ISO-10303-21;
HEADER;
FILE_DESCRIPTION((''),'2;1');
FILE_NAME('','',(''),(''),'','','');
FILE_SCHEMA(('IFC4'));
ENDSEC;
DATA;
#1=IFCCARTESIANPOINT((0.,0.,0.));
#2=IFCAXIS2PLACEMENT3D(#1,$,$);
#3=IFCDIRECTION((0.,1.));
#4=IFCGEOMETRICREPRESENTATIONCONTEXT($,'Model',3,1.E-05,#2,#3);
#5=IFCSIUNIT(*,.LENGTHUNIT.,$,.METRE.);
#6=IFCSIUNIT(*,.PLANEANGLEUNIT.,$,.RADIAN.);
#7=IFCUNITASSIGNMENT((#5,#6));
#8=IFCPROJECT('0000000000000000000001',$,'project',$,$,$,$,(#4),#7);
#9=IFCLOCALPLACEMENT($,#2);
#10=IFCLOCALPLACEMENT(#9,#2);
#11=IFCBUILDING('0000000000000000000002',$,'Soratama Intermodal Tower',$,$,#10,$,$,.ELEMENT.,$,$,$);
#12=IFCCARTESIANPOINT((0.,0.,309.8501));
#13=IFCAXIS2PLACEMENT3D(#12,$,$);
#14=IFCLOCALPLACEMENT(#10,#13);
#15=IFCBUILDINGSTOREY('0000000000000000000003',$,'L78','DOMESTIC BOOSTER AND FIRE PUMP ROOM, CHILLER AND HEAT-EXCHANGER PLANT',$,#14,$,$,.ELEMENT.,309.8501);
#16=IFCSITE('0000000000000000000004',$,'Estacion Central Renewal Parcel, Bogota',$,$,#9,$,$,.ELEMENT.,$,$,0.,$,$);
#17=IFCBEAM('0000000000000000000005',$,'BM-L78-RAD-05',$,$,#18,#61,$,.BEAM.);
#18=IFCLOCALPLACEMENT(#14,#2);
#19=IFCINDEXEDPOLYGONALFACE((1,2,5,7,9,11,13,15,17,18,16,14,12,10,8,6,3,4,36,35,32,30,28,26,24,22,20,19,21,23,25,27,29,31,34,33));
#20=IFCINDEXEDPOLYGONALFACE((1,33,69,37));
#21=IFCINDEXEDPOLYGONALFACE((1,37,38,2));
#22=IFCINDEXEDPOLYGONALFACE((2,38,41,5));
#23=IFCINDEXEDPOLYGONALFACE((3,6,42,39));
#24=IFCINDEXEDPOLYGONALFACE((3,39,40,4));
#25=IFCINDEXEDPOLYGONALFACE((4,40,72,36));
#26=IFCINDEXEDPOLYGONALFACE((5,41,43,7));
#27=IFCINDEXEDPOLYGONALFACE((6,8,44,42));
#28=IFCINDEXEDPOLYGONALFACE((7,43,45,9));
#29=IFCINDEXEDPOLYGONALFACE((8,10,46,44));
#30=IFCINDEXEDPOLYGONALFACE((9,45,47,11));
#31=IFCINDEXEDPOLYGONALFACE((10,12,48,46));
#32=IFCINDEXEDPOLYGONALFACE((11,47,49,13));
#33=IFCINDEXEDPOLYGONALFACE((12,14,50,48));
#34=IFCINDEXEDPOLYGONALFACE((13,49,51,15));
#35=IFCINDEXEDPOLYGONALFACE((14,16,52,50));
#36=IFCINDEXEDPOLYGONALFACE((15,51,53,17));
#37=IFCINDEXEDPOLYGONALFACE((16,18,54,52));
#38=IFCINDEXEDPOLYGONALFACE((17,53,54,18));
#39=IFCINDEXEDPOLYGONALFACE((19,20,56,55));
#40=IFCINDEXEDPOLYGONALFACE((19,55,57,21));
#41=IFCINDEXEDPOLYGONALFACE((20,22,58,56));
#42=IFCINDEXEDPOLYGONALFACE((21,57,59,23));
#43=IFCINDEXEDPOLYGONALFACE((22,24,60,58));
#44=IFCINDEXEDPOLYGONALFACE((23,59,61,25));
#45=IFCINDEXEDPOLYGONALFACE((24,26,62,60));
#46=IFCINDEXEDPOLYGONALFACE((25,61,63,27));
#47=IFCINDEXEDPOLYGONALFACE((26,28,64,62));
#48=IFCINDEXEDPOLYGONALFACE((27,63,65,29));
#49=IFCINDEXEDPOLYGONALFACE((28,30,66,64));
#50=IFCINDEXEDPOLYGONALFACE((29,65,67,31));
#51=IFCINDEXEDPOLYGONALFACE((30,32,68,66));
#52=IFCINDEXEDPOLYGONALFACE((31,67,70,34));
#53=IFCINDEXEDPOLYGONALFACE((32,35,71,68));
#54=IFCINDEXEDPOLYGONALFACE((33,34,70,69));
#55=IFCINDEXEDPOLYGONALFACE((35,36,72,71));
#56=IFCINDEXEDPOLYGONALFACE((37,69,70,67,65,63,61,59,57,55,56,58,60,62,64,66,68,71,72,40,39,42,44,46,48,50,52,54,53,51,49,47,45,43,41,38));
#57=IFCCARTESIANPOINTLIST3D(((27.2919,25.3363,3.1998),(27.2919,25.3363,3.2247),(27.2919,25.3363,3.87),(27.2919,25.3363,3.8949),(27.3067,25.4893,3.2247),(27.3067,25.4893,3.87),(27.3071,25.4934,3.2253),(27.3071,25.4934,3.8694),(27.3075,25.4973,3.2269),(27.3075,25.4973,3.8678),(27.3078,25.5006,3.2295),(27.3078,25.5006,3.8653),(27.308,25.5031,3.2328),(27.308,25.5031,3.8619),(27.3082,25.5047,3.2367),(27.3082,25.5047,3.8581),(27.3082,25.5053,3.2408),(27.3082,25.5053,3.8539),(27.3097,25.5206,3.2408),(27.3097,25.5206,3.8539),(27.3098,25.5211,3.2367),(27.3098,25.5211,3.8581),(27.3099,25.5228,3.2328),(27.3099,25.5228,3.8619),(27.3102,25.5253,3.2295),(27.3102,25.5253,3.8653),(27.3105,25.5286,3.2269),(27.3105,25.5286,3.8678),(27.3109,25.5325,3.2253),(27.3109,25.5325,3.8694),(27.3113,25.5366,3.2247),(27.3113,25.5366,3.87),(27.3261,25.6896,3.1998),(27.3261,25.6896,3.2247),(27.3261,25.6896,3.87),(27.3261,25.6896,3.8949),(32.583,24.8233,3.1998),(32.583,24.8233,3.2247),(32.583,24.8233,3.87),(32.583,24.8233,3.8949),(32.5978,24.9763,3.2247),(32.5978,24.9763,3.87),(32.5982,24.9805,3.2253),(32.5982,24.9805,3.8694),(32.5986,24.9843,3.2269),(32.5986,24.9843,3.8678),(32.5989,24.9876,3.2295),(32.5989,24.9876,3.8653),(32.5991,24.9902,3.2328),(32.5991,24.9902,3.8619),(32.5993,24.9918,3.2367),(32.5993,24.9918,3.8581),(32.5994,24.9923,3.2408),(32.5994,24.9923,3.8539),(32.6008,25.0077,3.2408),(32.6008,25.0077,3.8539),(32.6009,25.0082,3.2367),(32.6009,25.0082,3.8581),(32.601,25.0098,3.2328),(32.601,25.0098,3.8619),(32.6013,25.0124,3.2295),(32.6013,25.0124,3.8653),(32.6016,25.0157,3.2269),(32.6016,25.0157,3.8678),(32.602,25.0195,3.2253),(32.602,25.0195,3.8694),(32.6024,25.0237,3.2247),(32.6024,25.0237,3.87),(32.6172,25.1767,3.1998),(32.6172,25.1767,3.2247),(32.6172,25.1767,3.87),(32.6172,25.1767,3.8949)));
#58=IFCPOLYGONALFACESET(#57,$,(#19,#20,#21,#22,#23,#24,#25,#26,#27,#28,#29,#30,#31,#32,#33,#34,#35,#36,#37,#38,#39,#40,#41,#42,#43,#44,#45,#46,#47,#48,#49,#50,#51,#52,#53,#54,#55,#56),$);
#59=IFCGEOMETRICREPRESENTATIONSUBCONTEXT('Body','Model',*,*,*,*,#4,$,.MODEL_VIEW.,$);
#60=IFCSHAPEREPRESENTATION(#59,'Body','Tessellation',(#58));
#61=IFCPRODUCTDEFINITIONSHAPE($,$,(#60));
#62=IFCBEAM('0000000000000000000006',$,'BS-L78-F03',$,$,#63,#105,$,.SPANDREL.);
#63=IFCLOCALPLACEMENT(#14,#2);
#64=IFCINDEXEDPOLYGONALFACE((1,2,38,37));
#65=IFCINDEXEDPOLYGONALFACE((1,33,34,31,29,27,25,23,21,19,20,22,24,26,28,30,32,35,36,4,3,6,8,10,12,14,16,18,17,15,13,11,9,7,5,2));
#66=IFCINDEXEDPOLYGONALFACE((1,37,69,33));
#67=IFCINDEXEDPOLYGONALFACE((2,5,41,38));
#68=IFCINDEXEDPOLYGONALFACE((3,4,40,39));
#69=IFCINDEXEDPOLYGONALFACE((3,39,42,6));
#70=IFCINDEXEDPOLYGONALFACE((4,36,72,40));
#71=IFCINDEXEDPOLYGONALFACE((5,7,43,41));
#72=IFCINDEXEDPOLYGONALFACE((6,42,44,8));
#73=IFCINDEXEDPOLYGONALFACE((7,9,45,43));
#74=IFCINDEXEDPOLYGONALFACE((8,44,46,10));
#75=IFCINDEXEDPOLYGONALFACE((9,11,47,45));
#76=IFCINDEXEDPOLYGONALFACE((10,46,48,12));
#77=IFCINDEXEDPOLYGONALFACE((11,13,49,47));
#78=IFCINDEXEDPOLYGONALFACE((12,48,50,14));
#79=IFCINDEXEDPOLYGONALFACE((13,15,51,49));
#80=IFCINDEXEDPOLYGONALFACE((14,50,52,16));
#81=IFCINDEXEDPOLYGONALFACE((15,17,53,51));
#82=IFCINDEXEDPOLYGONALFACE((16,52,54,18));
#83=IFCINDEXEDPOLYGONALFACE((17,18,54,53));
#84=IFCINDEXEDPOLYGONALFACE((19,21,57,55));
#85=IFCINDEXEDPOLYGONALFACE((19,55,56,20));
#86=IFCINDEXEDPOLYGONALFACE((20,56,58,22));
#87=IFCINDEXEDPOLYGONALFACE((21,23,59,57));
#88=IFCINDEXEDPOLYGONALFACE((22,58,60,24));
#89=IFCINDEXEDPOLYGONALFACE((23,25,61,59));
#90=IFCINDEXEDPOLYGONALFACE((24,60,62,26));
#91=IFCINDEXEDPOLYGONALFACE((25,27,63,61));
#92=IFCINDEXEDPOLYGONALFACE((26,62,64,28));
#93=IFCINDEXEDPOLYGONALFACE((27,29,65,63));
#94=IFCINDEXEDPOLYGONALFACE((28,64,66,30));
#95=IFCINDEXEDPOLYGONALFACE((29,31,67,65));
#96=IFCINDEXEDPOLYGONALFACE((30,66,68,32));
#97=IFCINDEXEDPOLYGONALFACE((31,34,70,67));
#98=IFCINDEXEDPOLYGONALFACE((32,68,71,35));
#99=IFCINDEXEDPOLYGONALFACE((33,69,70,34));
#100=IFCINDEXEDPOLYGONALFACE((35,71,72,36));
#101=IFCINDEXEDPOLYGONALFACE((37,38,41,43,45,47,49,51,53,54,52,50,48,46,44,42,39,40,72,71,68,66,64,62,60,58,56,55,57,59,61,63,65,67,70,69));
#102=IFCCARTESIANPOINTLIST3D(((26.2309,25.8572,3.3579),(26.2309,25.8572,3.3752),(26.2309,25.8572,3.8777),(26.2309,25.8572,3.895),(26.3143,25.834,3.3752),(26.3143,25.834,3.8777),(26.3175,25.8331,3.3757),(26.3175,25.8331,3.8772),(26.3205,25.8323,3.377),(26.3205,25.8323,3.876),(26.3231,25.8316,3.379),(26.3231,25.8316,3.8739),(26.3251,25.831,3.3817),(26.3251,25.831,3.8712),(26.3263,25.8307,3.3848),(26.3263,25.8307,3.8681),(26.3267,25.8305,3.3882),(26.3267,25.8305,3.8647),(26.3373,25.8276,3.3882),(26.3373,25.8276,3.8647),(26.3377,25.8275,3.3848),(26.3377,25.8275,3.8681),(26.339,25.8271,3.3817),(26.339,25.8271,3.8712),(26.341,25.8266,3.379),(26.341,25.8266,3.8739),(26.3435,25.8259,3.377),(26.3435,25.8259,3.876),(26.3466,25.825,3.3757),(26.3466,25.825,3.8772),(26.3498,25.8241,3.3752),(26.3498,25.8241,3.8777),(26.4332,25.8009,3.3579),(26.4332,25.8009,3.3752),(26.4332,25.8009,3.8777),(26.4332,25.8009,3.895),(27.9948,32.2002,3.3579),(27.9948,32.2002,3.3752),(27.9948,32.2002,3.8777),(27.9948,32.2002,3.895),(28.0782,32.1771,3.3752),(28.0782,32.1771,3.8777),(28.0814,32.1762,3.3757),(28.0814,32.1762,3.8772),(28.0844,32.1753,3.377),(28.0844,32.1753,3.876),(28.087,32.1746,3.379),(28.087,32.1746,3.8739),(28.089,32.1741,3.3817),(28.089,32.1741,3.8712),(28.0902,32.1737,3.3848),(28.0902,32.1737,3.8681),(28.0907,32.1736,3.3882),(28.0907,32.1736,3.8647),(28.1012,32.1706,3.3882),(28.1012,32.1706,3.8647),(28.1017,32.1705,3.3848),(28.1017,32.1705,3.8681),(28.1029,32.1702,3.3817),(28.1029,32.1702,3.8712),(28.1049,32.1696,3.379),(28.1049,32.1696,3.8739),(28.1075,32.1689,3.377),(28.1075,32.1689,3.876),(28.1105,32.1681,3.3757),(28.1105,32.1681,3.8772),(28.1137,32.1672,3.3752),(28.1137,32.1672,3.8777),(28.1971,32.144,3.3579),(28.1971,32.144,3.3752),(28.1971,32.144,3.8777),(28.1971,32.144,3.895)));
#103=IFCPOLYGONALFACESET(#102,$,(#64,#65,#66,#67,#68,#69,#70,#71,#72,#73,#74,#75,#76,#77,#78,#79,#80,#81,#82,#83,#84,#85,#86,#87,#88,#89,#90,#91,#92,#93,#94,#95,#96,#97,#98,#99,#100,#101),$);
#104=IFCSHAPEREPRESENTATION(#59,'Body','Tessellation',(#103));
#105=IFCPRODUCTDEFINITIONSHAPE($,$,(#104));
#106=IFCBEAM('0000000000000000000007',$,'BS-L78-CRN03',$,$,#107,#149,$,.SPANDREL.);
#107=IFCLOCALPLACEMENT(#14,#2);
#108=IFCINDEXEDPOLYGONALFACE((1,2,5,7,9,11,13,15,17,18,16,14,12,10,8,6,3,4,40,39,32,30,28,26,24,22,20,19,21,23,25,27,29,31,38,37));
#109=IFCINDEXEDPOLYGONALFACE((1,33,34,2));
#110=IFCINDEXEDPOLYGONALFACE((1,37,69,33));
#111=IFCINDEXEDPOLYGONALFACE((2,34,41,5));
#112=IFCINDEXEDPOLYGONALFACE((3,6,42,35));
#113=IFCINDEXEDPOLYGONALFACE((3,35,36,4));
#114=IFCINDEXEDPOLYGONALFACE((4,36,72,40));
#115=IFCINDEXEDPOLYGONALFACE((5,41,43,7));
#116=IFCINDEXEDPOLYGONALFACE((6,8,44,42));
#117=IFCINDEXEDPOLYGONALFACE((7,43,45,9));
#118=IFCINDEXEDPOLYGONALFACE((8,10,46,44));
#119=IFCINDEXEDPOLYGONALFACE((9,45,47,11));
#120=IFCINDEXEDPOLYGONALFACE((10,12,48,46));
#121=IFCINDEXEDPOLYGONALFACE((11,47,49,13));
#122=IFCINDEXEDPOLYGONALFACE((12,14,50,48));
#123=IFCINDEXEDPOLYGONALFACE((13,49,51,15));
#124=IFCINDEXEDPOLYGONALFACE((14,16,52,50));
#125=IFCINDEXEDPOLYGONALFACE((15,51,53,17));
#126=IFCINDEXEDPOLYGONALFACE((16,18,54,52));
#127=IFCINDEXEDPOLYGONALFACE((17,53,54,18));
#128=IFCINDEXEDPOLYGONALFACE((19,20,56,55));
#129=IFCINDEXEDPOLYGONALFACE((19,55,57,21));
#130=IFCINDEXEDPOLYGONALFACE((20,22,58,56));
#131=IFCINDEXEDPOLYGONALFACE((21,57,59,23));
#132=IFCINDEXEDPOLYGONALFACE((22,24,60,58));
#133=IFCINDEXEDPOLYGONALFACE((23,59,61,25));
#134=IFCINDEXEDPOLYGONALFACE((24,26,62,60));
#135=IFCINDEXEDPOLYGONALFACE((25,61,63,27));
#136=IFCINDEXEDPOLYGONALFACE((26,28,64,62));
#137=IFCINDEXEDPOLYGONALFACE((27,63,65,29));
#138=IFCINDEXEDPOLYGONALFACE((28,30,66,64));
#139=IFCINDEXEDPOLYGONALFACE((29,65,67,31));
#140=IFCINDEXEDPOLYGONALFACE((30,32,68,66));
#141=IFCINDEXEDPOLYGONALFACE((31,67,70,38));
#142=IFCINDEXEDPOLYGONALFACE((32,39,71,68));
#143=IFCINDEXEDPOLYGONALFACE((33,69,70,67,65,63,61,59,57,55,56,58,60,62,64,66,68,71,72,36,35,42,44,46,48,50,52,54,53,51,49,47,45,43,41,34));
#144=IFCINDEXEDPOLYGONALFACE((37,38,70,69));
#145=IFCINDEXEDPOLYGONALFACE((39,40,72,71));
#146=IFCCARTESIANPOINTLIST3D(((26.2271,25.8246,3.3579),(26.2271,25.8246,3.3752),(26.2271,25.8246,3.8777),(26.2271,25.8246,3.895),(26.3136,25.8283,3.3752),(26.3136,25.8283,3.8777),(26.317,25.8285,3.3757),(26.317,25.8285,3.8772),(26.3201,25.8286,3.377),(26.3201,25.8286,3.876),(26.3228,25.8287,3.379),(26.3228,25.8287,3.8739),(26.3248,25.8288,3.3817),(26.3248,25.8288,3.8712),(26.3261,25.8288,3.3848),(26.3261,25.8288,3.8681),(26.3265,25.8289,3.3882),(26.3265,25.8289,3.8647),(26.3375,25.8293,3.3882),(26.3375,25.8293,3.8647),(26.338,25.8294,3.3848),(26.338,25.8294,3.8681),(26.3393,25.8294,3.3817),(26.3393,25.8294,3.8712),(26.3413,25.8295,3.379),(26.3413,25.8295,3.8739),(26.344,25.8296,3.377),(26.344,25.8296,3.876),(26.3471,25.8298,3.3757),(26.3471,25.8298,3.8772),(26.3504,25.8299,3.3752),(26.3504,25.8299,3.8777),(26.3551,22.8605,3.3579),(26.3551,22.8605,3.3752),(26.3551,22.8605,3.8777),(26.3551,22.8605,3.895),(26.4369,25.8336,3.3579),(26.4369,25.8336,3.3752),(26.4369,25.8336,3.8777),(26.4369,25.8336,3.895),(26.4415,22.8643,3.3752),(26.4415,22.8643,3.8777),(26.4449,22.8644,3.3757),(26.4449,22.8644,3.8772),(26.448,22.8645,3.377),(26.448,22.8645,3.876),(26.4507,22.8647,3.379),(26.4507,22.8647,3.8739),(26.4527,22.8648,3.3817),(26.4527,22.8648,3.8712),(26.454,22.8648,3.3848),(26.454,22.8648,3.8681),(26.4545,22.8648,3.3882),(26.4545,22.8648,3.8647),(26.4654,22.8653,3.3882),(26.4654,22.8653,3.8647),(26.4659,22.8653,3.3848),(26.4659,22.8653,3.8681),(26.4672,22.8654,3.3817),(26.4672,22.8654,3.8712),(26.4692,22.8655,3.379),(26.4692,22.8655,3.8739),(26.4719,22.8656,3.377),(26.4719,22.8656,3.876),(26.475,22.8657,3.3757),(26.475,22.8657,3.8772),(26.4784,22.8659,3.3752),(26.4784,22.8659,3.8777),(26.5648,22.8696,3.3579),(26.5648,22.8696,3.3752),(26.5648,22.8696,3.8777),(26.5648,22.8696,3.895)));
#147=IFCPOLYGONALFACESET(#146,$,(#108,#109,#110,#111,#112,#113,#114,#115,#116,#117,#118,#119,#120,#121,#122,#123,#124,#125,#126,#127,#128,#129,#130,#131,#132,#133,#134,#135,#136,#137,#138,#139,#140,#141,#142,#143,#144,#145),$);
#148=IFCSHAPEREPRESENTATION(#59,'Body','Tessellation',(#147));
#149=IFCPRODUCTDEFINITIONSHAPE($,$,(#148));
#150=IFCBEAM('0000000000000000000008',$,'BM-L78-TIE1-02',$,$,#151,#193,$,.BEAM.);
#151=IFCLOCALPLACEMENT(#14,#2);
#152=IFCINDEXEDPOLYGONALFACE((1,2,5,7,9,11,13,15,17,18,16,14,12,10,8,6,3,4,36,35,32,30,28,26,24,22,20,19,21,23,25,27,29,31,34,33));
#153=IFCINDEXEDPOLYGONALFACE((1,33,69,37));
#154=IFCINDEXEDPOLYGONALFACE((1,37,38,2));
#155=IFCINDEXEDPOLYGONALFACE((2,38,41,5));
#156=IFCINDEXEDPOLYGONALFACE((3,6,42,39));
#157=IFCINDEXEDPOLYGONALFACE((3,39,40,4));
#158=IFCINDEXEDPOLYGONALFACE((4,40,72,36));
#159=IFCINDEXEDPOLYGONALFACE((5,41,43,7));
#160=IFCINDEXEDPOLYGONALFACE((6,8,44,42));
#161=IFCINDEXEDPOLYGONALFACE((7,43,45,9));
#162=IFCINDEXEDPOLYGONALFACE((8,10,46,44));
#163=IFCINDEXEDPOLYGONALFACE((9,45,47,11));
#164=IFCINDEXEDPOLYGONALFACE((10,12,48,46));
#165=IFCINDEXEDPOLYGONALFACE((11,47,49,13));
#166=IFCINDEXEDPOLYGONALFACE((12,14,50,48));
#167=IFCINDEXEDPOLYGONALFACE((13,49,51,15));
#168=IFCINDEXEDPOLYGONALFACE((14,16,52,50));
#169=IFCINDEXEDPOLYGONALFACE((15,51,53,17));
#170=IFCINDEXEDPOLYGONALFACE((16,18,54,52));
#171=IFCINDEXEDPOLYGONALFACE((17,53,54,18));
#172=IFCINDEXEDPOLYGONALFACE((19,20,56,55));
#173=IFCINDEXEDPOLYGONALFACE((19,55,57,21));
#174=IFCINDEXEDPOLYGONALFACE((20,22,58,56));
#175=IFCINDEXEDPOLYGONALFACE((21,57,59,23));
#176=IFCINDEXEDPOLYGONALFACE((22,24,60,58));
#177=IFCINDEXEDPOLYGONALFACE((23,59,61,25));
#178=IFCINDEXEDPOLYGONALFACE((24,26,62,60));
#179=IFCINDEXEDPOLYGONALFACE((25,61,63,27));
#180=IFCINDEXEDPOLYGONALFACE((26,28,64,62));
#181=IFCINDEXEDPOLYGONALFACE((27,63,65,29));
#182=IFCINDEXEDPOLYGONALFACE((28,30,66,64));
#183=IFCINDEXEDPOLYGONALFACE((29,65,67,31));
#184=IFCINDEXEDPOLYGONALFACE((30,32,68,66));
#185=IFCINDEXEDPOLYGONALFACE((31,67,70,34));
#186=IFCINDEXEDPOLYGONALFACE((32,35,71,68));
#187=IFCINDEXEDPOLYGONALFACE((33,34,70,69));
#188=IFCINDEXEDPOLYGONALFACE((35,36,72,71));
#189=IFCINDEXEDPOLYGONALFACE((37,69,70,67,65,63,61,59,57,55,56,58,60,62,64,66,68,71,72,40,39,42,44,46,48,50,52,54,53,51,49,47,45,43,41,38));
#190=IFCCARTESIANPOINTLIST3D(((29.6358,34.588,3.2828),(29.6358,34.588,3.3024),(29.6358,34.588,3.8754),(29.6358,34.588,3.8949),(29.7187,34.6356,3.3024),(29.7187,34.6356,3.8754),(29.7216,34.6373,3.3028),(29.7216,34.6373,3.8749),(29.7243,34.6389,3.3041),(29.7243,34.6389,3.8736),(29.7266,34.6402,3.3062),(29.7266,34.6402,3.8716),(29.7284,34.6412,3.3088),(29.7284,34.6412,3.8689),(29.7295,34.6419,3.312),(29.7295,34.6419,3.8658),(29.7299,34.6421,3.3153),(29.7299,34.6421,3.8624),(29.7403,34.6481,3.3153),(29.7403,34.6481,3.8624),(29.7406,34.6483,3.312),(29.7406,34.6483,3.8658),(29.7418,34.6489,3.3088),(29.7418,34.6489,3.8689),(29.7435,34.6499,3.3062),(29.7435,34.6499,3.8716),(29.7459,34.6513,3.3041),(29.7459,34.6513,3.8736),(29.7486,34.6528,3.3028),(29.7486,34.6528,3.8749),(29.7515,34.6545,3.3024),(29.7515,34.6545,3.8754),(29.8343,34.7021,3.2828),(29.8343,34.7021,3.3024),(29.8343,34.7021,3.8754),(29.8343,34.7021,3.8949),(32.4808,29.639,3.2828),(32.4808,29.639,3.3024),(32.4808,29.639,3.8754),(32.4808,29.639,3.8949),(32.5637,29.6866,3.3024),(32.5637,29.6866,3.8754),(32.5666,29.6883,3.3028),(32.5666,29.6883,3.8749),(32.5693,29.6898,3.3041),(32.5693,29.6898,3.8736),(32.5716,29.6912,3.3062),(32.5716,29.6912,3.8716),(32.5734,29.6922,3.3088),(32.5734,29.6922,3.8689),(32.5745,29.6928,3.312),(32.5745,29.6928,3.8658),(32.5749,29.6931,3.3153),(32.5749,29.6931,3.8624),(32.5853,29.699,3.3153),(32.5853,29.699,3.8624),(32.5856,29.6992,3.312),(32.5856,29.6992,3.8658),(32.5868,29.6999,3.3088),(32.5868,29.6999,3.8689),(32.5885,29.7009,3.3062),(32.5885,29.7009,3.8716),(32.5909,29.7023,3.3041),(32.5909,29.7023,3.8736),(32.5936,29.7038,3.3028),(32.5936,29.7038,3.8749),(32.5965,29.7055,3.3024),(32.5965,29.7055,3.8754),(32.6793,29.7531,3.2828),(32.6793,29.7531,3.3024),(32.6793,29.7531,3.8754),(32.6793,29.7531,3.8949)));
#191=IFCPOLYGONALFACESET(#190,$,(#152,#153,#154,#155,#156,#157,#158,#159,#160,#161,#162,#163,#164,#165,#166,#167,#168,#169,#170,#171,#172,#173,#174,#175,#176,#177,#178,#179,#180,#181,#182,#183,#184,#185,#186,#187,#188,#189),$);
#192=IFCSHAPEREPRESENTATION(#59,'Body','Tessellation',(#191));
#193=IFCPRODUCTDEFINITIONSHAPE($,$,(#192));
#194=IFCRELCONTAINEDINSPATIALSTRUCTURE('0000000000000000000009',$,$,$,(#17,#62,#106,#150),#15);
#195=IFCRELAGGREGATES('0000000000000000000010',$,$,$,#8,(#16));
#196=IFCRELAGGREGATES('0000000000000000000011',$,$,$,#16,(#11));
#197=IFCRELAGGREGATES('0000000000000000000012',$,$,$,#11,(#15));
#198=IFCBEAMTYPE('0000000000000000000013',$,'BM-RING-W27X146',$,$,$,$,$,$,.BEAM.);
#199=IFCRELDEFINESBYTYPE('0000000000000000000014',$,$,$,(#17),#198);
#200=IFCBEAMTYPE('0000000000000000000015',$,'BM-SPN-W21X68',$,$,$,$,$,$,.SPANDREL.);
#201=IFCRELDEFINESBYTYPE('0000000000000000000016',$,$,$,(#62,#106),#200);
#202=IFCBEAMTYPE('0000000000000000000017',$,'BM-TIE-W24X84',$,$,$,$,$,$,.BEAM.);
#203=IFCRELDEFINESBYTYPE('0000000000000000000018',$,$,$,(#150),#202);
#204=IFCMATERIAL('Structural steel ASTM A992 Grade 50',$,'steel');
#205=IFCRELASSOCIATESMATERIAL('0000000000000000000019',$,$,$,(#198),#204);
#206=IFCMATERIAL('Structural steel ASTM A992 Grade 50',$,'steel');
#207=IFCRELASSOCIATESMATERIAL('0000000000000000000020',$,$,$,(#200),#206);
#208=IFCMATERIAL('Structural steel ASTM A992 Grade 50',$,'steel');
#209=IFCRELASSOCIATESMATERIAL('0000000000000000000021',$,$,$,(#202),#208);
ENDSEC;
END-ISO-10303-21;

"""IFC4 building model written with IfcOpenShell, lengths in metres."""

from ifc_helpers import new_model, si_unit, direction, frame, origin, origin_2d, place, context, subcontext, project, spatial, i_section, extrude, material, material_profile, profile_set, type_object, element, save


model = new_model("IFC4")

# Units and contexts
model_context = context("Model", 3, precision=1e-05, world=origin(), true_north=direction((0.0, 1.0)))
body_context = subcontext(model_context, "Body", "Model", "MODEL_VIEW")
ifc_project = project(units=[si_unit("LENGTHUNIT", "METRE"), si_unit("PLANEANGLEUNIT", "RADIAN")], contexts=[model_context])

# Site, building, storey
site_placement = place(None, origin())
site = spatial("IfcSite", under=ifc_project, at=site_placement, Name="Estacion Central Renewal Parcel, Bogota", CompositionType="ELEMENT", RefElevation=0.0)
building_placement = place(site_placement, origin())
building = spatial("IfcBuilding", under=site, at=building_placement, Name="Soratama Intermodal Tower", CompositionType="ELEMENT")
storey_placement = place(building_placement, frame((0.0, 0.0, 309.8501)))
storey = spatial("IfcBuildingStorey", under=building, at=storey_placement, Name="L78", Description="DOMESTIC BOOSTER AND FIRE PUMP ROOM, CHILLER AND HEAT-EXCHANGER PLANT", CompositionType="ELEMENT", Elevation=309.8501)

# Beams
ifc_material_1 = material(Name="Structural steel ASTM A992 Grade 50", Category="steel")
ifc_material_profile_1 = material_profile(ifc_material_1, i_section(OverallWidth=0.355, OverallDepth=0.6951, WebThickness=0.0154, FlangeThickness=0.0249, FilletRadius=0.0161, at=origin_2d()), Name="W27X146")
ifc_profile_set_1 = profile_set([ifc_material_profile_1], Name="Structural steel ASTM A992 Grade 50")
beam_type_1 = type_object("IfcBeamType", Name="BM-RING-W27X146", PredefinedType="BEAM", material=ifc_profile_set_1)
beam_1_placement = place(storey_placement, frame((32.6001, 25.0, 3.5474), z_axis=(-0.995334, 0.096493, 0.0), x_axis=(-0.096493, -0.995334, 0.0)))
element("IfcBeam", 1, at=beam_1_placement, inside=storey, type_object=beam_type_1, Name="BM-L78-RAD-05", PredefinedType="BEAM", context=body_context, shape_type="SweptSolid", body=[
    extrude(i_section(OverallWidth=0.355, OverallDepth=0.6951, WebThickness=0.0154, FlangeThickness=0.0249, FilletRadius=0.0161, at=origin_2d()), origin(), (0.0, 0.0, 1.0), 5.3159),
])
ifc_material_2 = material(Name="Structural steel ASTM A992 Grade 50", Category="steel")
ifc_material_profile_2 = material_profile(ifc_material_2, i_section(OverallWidth=0.21, OverallDepth=0.5371, WebThickness=0.011, FlangeThickness=0.0173, FilletRadius=0.0129, at=origin_2d()), Name="W21X68")
ifc_profile_set_2 = profile_set([ifc_material_profile_2], Name="Structural steel ASTM A992 Grade 50")
beam_type_2 = type_object("IfcBeamType", Name="BM-SPN-W21X68", PredefinedType="SPANDREL", material=ifc_profile_set_2)
beam_2_placement = place(storey_placement, frame((28.0959, 32.1721, 3.6265), z_axis=(-0.267921, -0.963441, 0.0), x_axis=(0.963441, -0.267921, 0.0)))
element("IfcBeam", 2, at=beam_2_placement, inside=storey, type_object=beam_type_2, Name="BS-L78-F03", PredefinedType="SPANDREL", context=body_context, shape_type="SweptSolid", body=[
    extrude(i_section(OverallWidth=0.21, OverallDepth=0.5371, WebThickness=0.011, FlangeThickness=0.0173, FilletRadius=0.0129, at=origin_2d()), origin(), (0.0, 0.0, 1.0), 6.5837),
])
beam_3_placement = place(storey_placement, frame((26.332, 25.8291, 3.6265), z_axis=(0.043119, -0.99907, 0.0), x_axis=(0.99907, 0.043119, 0.0)))
element("IfcBeam", 3, at=beam_3_placement, inside=storey, type_object=beam_type_2, Name="BS-L78-CRN03", PredefinedType="SPANDREL", context=body_context, shape_type="SweptSolid", body=[
    extrude(i_section(OverallWidth=0.21, OverallDepth=0.5371, WebThickness=0.011, FlangeThickness=0.0173, FilletRadius=0.0129, at=origin_2d()), origin(), (0.0, 0.0, 1.0), 2.9668),
])
ifc_material_3 = material(Name="Structural steel ASTM A992 Grade 50", Category="steel")
ifc_material_profile_3 = material_profile(ifc_material_3, i_section(OverallWidth=0.229, OverallDepth=0.6121, WebThickness=0.012, FlangeThickness=0.0195, FilletRadius=0.0129, at=origin_2d()), Name="W24X84")
ifc_profile_set_3 = profile_set([ifc_material_profile_3], Name="Structural steel ASTM A992 Grade 50")
beam_type_3 = type_object("IfcBeamType", Name="BM-TIE-W24X84", PredefinedType="BEAM", material=ifc_profile_set_3)
beam_4_placement = place(storey_placement, frame((32.5801, 29.696, 3.5889), z_axis=(-0.49838, 0.866959, 0.0), x_axis=(-0.866959, -0.49838, 0.0)))
element("IfcBeam", 4, at=beam_4_placement, inside=storey, type_object=beam_type_3, Name="BM-L78-TIE1-02", PredefinedType="BEAM", context=body_context, shape_type="SweptSolid", body=[
    extrude(i_section(OverallWidth=0.229, OverallDepth=0.6121, WebThickness=0.012, FlangeThickness=0.0195, FilletRadius=0.0129, at=origin_2d()), origin(), (0.0, 0.0, 1.0), 5.7085),
])

save(model, "model.ifc")
